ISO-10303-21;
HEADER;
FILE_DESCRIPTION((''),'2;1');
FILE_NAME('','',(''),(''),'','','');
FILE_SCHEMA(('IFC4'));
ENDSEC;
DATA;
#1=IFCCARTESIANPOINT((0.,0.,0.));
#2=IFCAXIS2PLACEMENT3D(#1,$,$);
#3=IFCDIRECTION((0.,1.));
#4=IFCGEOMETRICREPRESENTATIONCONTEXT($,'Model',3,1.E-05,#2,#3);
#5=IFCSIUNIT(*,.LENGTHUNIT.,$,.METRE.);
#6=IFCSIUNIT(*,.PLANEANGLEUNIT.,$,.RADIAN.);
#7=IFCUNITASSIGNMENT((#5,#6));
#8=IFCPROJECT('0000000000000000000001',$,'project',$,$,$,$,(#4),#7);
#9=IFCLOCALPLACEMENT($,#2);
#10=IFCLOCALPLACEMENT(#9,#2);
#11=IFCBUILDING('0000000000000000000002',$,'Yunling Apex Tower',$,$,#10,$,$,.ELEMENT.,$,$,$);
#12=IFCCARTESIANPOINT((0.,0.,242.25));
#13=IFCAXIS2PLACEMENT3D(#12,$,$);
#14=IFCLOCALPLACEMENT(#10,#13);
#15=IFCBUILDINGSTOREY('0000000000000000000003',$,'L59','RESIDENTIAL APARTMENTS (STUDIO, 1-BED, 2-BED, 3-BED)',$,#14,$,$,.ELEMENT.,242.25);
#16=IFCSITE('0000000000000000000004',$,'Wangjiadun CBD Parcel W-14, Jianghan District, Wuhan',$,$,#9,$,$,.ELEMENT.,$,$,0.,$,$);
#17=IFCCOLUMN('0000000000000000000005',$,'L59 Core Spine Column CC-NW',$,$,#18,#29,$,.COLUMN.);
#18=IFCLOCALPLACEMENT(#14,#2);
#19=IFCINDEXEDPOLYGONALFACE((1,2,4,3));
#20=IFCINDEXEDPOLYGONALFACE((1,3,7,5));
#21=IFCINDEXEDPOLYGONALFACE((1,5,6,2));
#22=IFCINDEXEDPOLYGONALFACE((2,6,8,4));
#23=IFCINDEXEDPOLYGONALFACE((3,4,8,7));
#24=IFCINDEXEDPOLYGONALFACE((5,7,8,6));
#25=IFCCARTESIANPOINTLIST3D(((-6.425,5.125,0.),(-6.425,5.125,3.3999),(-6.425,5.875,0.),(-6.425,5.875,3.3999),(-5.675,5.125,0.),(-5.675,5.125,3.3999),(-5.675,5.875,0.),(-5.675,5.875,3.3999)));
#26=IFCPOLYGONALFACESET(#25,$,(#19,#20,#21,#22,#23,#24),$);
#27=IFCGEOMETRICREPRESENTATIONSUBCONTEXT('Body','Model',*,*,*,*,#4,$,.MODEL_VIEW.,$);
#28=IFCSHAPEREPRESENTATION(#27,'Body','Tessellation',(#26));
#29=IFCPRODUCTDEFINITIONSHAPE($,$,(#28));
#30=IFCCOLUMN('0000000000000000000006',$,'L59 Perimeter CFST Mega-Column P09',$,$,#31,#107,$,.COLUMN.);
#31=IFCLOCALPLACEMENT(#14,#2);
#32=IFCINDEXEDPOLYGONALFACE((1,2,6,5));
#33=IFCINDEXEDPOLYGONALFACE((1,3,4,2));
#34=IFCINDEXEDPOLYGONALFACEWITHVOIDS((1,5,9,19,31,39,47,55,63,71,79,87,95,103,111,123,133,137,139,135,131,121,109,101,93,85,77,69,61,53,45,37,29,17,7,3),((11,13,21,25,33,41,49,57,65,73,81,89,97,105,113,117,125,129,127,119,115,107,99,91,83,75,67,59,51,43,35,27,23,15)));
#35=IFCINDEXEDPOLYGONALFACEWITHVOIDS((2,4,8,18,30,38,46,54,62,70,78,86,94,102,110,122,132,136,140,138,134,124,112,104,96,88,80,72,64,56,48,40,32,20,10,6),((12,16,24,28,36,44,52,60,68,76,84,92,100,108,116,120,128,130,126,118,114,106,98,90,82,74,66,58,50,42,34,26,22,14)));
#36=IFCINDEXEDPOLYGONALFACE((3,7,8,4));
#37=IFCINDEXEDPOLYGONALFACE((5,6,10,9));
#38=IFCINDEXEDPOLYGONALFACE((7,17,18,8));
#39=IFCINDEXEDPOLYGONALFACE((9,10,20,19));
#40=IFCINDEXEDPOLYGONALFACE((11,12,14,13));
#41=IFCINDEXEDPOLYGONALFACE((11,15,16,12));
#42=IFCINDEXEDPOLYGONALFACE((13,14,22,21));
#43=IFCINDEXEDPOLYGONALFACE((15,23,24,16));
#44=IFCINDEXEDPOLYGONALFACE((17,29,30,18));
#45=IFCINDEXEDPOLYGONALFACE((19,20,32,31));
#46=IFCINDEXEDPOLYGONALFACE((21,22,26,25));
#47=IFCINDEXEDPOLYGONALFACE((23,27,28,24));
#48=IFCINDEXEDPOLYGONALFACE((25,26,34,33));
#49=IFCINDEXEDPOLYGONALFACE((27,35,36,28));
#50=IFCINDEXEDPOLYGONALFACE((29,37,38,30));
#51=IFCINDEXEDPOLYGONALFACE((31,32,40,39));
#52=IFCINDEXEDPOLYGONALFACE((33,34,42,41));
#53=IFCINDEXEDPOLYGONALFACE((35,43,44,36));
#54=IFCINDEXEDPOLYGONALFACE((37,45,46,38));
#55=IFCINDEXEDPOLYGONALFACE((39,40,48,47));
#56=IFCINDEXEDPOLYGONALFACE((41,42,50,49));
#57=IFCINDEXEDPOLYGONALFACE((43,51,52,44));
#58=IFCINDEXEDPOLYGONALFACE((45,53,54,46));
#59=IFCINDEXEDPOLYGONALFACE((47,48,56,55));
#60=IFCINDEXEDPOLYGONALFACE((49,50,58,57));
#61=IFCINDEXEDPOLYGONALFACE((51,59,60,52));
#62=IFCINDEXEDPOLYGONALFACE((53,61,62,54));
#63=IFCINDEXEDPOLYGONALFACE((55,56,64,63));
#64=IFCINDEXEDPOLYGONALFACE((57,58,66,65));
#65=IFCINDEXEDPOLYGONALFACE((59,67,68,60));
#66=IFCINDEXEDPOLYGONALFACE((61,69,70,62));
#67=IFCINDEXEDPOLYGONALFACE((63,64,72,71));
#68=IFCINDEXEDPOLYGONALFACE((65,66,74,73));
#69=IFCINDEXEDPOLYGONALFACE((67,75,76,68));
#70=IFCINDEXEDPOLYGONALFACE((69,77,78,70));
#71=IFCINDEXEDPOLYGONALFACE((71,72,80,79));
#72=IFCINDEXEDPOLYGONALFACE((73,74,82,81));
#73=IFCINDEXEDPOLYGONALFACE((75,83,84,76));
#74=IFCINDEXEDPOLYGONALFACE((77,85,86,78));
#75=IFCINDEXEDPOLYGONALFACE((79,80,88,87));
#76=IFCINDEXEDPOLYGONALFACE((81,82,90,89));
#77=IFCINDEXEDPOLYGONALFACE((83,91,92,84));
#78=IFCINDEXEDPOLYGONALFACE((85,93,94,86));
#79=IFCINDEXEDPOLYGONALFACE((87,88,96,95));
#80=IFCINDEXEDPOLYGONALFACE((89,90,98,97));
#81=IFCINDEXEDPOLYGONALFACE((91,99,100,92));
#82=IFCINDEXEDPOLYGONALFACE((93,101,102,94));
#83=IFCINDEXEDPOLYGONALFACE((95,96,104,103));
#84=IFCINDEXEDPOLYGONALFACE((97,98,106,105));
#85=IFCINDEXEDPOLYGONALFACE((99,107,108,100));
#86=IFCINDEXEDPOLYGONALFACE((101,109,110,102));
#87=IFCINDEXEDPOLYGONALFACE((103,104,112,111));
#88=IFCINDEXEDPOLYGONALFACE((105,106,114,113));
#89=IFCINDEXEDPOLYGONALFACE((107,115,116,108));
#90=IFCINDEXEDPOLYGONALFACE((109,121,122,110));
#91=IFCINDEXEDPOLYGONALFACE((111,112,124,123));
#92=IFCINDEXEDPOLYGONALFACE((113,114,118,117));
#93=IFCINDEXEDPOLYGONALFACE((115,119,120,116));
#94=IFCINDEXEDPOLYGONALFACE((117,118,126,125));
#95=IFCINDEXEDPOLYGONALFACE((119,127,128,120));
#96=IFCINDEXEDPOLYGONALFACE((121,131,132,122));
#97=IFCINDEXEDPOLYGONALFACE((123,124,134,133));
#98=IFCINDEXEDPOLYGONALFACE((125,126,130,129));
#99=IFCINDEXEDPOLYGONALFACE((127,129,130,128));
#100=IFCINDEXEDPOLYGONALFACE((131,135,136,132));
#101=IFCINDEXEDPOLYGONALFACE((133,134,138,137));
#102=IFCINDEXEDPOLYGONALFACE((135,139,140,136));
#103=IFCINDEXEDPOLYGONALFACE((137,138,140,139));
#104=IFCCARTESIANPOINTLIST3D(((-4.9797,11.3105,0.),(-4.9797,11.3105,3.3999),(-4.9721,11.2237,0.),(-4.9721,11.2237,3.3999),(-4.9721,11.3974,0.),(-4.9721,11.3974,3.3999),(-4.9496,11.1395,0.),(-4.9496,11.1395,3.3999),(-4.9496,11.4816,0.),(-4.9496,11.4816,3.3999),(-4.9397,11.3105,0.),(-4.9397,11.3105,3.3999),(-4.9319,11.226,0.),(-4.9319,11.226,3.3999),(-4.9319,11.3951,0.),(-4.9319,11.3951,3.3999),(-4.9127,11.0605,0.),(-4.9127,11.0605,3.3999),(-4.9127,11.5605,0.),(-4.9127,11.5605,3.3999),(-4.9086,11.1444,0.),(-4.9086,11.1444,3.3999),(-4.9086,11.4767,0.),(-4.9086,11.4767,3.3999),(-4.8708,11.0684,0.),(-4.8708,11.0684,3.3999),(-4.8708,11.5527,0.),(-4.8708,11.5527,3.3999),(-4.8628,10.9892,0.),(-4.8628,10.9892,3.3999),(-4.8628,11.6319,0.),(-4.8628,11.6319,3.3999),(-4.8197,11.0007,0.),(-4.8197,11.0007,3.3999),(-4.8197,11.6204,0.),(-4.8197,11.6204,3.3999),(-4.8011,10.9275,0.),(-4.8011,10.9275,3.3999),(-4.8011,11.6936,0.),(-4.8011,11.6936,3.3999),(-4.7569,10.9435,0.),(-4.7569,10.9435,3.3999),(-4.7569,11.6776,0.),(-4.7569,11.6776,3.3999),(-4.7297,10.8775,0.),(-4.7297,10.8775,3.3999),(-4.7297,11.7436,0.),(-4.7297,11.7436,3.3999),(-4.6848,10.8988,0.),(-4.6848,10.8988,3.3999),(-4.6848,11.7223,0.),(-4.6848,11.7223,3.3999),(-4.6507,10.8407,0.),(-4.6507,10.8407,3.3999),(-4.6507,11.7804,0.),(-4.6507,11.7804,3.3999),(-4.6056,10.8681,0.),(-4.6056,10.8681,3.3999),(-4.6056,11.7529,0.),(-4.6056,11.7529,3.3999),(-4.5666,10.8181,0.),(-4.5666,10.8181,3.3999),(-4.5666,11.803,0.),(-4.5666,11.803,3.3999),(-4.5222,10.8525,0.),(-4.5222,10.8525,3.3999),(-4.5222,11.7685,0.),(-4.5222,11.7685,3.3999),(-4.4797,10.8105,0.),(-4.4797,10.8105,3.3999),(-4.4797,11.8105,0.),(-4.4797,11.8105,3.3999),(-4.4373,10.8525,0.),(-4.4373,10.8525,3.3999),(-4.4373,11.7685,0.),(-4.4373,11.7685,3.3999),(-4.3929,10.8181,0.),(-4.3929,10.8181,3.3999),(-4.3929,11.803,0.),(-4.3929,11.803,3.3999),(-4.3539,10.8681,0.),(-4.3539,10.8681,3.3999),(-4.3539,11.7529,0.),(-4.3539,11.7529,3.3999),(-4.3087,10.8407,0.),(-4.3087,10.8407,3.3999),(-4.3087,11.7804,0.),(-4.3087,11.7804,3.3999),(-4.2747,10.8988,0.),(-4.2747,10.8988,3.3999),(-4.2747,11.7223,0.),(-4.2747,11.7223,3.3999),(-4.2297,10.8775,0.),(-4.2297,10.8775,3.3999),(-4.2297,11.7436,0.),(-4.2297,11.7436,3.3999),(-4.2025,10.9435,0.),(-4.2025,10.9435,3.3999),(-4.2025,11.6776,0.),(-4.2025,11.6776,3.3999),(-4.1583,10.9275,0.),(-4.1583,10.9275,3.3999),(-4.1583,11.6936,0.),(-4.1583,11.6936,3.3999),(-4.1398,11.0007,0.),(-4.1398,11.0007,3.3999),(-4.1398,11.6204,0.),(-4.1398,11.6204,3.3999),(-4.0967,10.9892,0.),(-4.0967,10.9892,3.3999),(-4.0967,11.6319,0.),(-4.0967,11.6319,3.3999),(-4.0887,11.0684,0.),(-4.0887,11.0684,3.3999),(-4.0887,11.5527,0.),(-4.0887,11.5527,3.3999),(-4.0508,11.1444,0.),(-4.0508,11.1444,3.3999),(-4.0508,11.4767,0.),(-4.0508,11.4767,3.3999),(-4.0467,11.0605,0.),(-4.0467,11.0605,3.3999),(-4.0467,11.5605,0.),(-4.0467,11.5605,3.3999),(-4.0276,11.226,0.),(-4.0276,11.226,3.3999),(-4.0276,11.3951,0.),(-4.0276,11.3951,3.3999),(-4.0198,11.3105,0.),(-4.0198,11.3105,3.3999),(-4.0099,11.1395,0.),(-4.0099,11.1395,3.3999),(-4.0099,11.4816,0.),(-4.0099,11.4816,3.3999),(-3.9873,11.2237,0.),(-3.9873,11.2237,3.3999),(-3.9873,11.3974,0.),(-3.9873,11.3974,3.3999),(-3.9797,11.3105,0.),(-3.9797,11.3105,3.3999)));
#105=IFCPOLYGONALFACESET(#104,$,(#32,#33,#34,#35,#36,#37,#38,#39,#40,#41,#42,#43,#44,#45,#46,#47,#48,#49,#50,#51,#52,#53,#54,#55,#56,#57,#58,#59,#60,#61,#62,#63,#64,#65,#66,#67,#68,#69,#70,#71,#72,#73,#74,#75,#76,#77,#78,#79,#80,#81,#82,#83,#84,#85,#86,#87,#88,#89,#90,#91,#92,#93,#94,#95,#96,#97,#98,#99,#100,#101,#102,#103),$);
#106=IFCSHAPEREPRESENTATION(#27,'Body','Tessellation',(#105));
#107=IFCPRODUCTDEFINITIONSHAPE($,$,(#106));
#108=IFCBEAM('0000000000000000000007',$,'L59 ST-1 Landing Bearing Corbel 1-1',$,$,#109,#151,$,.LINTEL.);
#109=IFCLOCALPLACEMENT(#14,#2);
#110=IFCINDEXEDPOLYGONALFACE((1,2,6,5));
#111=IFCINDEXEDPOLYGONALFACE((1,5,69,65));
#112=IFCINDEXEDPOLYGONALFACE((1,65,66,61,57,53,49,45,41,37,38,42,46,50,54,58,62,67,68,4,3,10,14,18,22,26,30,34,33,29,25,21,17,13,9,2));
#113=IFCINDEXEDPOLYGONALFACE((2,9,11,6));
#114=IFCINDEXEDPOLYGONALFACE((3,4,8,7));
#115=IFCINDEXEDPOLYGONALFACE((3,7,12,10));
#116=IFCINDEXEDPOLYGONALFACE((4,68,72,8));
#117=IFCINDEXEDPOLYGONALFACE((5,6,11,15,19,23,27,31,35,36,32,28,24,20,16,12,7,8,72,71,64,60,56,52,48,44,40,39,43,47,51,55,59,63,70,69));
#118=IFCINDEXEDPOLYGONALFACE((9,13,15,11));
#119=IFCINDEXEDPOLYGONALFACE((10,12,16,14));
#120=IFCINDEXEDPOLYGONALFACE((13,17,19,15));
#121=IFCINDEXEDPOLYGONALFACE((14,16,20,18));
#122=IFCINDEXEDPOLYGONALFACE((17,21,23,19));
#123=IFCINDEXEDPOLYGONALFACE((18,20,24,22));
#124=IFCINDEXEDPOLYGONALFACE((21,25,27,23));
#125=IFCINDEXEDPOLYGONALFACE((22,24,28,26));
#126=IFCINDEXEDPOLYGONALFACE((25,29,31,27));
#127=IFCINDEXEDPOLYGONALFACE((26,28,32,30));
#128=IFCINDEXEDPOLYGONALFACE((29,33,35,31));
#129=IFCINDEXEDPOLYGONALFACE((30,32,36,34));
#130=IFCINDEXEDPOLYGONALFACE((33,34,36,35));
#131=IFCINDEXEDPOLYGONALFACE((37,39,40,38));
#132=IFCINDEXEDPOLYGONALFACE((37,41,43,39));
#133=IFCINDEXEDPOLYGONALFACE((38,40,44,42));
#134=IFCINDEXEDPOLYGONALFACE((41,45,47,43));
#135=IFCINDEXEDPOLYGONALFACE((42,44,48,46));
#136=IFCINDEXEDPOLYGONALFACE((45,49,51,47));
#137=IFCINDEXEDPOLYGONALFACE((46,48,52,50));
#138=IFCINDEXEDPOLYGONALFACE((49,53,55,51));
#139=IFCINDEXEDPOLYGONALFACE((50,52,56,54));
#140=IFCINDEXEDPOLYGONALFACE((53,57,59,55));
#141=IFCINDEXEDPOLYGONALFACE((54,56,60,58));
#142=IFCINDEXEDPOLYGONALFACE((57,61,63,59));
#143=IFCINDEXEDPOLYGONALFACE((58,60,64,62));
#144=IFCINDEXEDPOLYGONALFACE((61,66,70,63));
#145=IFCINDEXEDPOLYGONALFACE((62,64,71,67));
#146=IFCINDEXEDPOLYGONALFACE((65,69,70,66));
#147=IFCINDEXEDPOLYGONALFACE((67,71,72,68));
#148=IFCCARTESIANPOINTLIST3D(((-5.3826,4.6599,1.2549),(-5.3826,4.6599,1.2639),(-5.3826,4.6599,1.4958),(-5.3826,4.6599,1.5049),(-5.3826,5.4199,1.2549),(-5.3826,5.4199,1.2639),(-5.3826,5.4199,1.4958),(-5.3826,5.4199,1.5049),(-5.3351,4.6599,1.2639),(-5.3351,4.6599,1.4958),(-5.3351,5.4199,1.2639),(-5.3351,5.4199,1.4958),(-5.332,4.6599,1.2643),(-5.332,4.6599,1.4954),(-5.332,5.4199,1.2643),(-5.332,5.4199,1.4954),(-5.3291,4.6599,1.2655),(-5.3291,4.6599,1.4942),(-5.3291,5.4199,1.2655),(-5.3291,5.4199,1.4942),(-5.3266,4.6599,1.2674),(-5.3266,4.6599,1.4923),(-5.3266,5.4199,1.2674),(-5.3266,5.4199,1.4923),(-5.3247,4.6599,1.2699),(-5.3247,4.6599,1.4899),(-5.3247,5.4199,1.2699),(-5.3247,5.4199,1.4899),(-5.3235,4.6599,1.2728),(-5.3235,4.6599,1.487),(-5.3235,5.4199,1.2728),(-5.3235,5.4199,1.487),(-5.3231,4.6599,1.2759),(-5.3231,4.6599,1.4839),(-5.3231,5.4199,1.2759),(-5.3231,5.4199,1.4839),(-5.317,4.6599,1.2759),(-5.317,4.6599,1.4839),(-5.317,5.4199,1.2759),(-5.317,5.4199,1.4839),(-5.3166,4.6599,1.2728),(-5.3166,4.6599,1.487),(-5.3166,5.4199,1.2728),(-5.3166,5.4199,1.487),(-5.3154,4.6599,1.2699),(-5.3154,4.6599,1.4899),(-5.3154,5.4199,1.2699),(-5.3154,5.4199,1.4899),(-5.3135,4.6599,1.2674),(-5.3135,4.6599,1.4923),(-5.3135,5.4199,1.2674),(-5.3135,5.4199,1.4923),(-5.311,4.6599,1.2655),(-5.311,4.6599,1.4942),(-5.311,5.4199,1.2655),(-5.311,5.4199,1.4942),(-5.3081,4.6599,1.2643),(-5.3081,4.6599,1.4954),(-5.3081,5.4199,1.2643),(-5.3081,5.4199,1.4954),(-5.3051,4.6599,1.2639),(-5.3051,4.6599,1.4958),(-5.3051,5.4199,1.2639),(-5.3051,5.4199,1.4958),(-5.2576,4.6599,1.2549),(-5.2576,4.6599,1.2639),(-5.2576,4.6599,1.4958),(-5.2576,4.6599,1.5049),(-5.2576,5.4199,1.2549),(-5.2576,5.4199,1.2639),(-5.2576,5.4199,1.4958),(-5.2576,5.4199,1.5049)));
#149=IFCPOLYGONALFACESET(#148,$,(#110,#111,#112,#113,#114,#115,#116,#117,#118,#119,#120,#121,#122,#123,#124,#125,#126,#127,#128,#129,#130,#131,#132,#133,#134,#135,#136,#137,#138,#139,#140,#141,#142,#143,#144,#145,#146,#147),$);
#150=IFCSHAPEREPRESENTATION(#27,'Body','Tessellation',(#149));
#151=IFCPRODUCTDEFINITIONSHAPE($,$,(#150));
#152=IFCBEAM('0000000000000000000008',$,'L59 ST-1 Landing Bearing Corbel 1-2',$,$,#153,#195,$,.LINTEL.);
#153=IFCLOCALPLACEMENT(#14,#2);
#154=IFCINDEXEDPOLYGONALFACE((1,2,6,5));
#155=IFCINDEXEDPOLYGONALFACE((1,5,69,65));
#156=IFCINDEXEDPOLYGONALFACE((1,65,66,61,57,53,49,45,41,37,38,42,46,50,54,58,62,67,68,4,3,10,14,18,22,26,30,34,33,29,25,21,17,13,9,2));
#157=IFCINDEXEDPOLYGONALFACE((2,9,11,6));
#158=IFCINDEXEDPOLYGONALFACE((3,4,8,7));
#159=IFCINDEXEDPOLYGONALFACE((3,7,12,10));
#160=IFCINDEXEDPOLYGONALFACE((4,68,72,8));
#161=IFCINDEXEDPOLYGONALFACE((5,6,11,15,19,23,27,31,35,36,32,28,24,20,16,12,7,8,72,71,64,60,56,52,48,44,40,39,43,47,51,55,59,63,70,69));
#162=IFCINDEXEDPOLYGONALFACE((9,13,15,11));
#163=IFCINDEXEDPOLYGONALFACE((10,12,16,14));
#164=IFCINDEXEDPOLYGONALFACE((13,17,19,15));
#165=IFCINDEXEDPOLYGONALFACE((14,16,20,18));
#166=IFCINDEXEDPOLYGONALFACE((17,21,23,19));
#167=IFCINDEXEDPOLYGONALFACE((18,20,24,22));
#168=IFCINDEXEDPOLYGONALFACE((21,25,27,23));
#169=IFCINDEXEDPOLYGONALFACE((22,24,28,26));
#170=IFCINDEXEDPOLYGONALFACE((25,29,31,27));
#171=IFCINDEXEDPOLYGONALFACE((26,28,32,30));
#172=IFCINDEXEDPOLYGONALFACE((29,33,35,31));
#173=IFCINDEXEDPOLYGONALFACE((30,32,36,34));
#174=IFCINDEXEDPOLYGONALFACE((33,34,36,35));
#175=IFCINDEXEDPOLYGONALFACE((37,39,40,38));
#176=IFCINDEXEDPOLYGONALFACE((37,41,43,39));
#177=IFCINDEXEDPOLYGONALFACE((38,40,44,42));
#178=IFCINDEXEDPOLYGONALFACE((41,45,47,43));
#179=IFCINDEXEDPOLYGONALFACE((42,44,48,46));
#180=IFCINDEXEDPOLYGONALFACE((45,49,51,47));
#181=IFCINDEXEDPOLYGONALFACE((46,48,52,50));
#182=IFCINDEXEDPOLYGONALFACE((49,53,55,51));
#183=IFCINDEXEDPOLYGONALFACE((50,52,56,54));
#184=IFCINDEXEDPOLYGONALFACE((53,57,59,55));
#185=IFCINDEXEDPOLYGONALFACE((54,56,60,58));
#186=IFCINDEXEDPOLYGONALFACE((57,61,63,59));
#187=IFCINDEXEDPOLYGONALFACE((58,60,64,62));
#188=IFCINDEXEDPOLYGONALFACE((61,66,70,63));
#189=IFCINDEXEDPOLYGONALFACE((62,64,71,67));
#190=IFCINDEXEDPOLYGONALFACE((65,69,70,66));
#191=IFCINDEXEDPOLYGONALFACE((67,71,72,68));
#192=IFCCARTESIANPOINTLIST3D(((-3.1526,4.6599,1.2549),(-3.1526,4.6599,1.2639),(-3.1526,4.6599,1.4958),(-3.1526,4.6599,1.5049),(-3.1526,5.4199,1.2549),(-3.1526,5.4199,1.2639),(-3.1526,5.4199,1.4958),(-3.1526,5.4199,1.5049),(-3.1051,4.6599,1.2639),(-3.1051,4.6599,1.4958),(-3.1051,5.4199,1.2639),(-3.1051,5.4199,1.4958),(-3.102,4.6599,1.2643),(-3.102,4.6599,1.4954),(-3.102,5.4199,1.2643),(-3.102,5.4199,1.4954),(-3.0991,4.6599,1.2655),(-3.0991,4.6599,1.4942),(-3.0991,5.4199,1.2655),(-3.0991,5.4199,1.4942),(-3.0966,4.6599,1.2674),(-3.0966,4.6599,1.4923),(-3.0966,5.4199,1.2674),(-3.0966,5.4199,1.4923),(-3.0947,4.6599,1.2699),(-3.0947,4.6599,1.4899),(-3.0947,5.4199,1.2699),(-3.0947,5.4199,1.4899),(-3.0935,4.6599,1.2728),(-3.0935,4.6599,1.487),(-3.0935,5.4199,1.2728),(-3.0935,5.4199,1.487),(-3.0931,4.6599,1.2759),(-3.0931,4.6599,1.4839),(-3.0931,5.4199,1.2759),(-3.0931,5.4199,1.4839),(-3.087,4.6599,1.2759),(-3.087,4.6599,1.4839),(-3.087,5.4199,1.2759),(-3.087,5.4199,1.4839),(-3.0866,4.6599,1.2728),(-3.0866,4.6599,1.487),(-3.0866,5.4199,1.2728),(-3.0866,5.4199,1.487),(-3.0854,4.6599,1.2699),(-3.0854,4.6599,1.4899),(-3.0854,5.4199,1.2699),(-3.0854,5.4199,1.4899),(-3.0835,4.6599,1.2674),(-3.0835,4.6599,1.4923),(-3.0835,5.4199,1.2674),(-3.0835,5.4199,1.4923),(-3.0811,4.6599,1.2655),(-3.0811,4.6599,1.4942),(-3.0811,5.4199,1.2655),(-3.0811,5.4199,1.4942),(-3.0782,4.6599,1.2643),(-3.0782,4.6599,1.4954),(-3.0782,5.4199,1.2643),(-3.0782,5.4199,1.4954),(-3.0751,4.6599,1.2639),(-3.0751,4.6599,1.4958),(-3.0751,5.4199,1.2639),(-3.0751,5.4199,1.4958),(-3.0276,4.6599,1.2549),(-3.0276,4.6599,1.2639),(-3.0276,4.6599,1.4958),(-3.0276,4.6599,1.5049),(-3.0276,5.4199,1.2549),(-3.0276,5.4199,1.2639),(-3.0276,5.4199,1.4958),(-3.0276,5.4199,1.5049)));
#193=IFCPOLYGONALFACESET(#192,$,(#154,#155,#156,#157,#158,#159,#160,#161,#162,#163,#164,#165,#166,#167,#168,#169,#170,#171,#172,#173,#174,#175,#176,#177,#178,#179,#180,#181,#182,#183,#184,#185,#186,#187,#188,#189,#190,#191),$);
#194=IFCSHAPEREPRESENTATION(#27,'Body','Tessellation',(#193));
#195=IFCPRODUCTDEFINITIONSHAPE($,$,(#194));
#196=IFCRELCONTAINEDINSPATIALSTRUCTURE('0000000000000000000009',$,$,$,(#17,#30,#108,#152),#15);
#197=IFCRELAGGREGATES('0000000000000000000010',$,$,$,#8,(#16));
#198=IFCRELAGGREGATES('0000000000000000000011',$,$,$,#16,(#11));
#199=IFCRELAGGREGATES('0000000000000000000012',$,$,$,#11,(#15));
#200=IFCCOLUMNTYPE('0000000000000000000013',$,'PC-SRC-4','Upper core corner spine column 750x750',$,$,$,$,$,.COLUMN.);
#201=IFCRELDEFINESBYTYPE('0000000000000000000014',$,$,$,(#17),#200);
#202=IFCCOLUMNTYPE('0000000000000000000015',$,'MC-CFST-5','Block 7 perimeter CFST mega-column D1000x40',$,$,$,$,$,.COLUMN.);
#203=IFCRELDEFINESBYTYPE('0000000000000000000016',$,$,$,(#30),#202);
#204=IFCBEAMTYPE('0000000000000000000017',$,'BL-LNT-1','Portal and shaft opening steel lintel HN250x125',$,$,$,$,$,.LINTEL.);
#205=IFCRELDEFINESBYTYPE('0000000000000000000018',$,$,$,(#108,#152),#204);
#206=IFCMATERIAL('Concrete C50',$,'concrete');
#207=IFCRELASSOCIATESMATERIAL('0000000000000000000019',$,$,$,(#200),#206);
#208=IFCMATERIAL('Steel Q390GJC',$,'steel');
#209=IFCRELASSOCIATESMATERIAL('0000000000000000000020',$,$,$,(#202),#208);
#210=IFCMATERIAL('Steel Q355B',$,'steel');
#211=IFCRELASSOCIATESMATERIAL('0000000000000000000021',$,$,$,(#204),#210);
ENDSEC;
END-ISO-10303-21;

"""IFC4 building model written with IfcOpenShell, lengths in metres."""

from ifc_helpers import new_model, si_unit, direction, frame, origin, origin_2d, place, context, subcontext, project, spatial, rectangle, hollow_circle, i_section, extrude, source, transform, mapped, material, material_profile, profile_set, type_object, element, save


model = new_model("IFC4")

# Units and contexts
model_context = context("Model", 3, precision=1e-05, world=origin(), true_north=direction((0.0, 1.0)))
body_context = subcontext(model_context, "Body", "Model", "MODEL_VIEW")
ifc_project = project(units=[si_unit("LENGTHUNIT", "METRE"), si_unit("PLANEANGLEUNIT", "RADIAN")], contexts=[model_context])

# Site, building, storey
site_placement = place(None, origin())
site = spatial("IfcSite", under=ifc_project, at=site_placement, Name="Wangjiadun CBD Parcel W-14, Jianghan District, Wuhan", CompositionType="ELEMENT", RefElevation=0.0)
building_placement = place(site_placement, origin())
building = spatial("IfcBuilding", under=site, at=building_placement, Name="Yunling Apex Tower", CompositionType="ELEMENT")
storey_placement = place(building_placement, frame((0.0, 0.0, 242.25)))
storey = spatial("IfcBuildingStorey", under=building, at=storey_placement, Name="L59", Description="RESIDENTIAL APARTMENTS (STUDIO, 1-BED, 2-BED, 3-BED)", CompositionType="ELEMENT", Elevation=242.25)

# Columns
ifc_material_1 = material(Name="Concrete C50", Category="concrete")
ifc_material_profile_1 = material_profile(ifc_material_1, rectangle(XDim=0.75, YDim=0.75, at=origin_2d()))
ifc_profile_set_1 = profile_set([ifc_material_profile_1], Name="Concrete C50")
column_type_1 = type_object("IfcColumnType", Name="PC-SRC-4", Description="Upper core corner spine column 750x750", PredefinedType="COLUMN", material=ifc_profile_set_1)
shared_shape_1 = source(origin(), body_context, "Body", "SweptSolid", [
    extrude(rectangle(XDim=0.75, YDim=0.75, at=origin_2d()), origin(), (0.0, 0.0, 1.0), 3.3999),
])
column_1_placement = place(storey_placement, frame((-6.05, 5.5, 0.0), z_axis=(0.0, 0.0, 1.0), x_axis=(1.0, 0.0, 0.0)))
element("IfcColumn", 1, at=column_1_placement, inside=storey, type_object=column_type_1, Name="L59 Core Spine Column CC-NW", PredefinedType="COLUMN", context=body_context, shape_type="MappedRepresentation", body=[
    mapped(shared_shape_1, transform((0.0, 0.0, 0.0), scale=1.0)),
])
ifc_material_2 = material(Name="Steel Q390GJC", Category="steel")
ifc_material_profile_2 = material_profile(ifc_material_2, hollow_circle(Radius=0.5, WallThickness=0.04, at=origin_2d()))
ifc_profile_set_2 = profile_set([ifc_material_profile_2], Name="Steel Q390GJC")
column_type_2 = type_object("IfcColumnType", Name="MC-CFST-5", Description="Block 7 perimeter CFST mega-column D1000x40", PredefinedType="COLUMN", material=ifc_profile_set_2)
shared_shape_2 = source(origin(), body_context, "Body", "SweptSolid", [
    extrude(hollow_circle(Radius=0.5, WallThickness=0.04, at=origin_2d()), origin(), (0.0, 0.0, 1.0), 3.3999),
])
column_2_placement = place(storey_placement, frame((-4.4797, 11.3105, 0.0), z_axis=(0.0, 0.0, 1.0), x_axis=(1.0, 0.0, 0.0)))
element("IfcColumn", 2, at=column_2_placement, inside=storey, type_object=column_type_2, Name="L59 Perimeter CFST Mega-Column P09", PredefinedType="COLUMN", context=body_context, shape_type="MappedRepresentation", body=[
    mapped(shared_shape_2, transform((0.0, 0.0, 0.0), scale=1.0)),
])

# Beams
ifc_material_3 = material(Name="Steel Q355B", Category="steel")
ifc_material_profile_3 = material_profile(ifc_material_3, i_section(OverallWidth=0.125, OverallDepth=0.25, WebThickness=0.0061, FlangeThickness=0.009, FilletRadius=0.012, at=origin_2d()))
ifc_profile_set_3 = profile_set([ifc_material_profile_3], Name="Steel Q355B")
beam_type_1 = type_object("IfcBeamType", Name="BL-LNT-1", Description="Portal and shaft opening steel lintel HN250x125", PredefinedType="LINTEL", material=ifc_profile_set_3)
shared_shape_3 = source(origin(), body_context, "Body", "SweptSolid", [
    extrude(i_section(OverallWidth=0.125, OverallDepth=0.25, WebThickness=0.0061, FlangeThickness=0.009, FilletRadius=0.012, at=origin_2d()), origin(), (0.0, 0.0, 1.0), 0.76),
])
for number, where, z_axis, x_axis, name in (
    (3, (-5.3201, 5.4199, 1.3799), (0.0, -1.0, 0.0), (1.0, 0.0, 0.0), "L59 ST-1 Landing Bearing Corbel 1-1"),
    (4, (-3.0901, 5.4199, 1.3799), (0.0, -1.0, 0.0), (1.0, 0.0, 0.0), "L59 ST-1 Landing Bearing Corbel 1-2"),
):
    element("IfcBeam", number, at=place(storey_placement, frame(where, z_axis=z_axis, x_axis=x_axis)), inside=storey, type_object=beam_type_1, Name=name, PredefinedType="LINTEL", context=body_context, shape_type="MappedRepresentation", body=[
        mapped(shared_shape_3, transform((0.0, 0.0, 0.0), scale=1.0)),
    ])

save(model, "model.ifc")
